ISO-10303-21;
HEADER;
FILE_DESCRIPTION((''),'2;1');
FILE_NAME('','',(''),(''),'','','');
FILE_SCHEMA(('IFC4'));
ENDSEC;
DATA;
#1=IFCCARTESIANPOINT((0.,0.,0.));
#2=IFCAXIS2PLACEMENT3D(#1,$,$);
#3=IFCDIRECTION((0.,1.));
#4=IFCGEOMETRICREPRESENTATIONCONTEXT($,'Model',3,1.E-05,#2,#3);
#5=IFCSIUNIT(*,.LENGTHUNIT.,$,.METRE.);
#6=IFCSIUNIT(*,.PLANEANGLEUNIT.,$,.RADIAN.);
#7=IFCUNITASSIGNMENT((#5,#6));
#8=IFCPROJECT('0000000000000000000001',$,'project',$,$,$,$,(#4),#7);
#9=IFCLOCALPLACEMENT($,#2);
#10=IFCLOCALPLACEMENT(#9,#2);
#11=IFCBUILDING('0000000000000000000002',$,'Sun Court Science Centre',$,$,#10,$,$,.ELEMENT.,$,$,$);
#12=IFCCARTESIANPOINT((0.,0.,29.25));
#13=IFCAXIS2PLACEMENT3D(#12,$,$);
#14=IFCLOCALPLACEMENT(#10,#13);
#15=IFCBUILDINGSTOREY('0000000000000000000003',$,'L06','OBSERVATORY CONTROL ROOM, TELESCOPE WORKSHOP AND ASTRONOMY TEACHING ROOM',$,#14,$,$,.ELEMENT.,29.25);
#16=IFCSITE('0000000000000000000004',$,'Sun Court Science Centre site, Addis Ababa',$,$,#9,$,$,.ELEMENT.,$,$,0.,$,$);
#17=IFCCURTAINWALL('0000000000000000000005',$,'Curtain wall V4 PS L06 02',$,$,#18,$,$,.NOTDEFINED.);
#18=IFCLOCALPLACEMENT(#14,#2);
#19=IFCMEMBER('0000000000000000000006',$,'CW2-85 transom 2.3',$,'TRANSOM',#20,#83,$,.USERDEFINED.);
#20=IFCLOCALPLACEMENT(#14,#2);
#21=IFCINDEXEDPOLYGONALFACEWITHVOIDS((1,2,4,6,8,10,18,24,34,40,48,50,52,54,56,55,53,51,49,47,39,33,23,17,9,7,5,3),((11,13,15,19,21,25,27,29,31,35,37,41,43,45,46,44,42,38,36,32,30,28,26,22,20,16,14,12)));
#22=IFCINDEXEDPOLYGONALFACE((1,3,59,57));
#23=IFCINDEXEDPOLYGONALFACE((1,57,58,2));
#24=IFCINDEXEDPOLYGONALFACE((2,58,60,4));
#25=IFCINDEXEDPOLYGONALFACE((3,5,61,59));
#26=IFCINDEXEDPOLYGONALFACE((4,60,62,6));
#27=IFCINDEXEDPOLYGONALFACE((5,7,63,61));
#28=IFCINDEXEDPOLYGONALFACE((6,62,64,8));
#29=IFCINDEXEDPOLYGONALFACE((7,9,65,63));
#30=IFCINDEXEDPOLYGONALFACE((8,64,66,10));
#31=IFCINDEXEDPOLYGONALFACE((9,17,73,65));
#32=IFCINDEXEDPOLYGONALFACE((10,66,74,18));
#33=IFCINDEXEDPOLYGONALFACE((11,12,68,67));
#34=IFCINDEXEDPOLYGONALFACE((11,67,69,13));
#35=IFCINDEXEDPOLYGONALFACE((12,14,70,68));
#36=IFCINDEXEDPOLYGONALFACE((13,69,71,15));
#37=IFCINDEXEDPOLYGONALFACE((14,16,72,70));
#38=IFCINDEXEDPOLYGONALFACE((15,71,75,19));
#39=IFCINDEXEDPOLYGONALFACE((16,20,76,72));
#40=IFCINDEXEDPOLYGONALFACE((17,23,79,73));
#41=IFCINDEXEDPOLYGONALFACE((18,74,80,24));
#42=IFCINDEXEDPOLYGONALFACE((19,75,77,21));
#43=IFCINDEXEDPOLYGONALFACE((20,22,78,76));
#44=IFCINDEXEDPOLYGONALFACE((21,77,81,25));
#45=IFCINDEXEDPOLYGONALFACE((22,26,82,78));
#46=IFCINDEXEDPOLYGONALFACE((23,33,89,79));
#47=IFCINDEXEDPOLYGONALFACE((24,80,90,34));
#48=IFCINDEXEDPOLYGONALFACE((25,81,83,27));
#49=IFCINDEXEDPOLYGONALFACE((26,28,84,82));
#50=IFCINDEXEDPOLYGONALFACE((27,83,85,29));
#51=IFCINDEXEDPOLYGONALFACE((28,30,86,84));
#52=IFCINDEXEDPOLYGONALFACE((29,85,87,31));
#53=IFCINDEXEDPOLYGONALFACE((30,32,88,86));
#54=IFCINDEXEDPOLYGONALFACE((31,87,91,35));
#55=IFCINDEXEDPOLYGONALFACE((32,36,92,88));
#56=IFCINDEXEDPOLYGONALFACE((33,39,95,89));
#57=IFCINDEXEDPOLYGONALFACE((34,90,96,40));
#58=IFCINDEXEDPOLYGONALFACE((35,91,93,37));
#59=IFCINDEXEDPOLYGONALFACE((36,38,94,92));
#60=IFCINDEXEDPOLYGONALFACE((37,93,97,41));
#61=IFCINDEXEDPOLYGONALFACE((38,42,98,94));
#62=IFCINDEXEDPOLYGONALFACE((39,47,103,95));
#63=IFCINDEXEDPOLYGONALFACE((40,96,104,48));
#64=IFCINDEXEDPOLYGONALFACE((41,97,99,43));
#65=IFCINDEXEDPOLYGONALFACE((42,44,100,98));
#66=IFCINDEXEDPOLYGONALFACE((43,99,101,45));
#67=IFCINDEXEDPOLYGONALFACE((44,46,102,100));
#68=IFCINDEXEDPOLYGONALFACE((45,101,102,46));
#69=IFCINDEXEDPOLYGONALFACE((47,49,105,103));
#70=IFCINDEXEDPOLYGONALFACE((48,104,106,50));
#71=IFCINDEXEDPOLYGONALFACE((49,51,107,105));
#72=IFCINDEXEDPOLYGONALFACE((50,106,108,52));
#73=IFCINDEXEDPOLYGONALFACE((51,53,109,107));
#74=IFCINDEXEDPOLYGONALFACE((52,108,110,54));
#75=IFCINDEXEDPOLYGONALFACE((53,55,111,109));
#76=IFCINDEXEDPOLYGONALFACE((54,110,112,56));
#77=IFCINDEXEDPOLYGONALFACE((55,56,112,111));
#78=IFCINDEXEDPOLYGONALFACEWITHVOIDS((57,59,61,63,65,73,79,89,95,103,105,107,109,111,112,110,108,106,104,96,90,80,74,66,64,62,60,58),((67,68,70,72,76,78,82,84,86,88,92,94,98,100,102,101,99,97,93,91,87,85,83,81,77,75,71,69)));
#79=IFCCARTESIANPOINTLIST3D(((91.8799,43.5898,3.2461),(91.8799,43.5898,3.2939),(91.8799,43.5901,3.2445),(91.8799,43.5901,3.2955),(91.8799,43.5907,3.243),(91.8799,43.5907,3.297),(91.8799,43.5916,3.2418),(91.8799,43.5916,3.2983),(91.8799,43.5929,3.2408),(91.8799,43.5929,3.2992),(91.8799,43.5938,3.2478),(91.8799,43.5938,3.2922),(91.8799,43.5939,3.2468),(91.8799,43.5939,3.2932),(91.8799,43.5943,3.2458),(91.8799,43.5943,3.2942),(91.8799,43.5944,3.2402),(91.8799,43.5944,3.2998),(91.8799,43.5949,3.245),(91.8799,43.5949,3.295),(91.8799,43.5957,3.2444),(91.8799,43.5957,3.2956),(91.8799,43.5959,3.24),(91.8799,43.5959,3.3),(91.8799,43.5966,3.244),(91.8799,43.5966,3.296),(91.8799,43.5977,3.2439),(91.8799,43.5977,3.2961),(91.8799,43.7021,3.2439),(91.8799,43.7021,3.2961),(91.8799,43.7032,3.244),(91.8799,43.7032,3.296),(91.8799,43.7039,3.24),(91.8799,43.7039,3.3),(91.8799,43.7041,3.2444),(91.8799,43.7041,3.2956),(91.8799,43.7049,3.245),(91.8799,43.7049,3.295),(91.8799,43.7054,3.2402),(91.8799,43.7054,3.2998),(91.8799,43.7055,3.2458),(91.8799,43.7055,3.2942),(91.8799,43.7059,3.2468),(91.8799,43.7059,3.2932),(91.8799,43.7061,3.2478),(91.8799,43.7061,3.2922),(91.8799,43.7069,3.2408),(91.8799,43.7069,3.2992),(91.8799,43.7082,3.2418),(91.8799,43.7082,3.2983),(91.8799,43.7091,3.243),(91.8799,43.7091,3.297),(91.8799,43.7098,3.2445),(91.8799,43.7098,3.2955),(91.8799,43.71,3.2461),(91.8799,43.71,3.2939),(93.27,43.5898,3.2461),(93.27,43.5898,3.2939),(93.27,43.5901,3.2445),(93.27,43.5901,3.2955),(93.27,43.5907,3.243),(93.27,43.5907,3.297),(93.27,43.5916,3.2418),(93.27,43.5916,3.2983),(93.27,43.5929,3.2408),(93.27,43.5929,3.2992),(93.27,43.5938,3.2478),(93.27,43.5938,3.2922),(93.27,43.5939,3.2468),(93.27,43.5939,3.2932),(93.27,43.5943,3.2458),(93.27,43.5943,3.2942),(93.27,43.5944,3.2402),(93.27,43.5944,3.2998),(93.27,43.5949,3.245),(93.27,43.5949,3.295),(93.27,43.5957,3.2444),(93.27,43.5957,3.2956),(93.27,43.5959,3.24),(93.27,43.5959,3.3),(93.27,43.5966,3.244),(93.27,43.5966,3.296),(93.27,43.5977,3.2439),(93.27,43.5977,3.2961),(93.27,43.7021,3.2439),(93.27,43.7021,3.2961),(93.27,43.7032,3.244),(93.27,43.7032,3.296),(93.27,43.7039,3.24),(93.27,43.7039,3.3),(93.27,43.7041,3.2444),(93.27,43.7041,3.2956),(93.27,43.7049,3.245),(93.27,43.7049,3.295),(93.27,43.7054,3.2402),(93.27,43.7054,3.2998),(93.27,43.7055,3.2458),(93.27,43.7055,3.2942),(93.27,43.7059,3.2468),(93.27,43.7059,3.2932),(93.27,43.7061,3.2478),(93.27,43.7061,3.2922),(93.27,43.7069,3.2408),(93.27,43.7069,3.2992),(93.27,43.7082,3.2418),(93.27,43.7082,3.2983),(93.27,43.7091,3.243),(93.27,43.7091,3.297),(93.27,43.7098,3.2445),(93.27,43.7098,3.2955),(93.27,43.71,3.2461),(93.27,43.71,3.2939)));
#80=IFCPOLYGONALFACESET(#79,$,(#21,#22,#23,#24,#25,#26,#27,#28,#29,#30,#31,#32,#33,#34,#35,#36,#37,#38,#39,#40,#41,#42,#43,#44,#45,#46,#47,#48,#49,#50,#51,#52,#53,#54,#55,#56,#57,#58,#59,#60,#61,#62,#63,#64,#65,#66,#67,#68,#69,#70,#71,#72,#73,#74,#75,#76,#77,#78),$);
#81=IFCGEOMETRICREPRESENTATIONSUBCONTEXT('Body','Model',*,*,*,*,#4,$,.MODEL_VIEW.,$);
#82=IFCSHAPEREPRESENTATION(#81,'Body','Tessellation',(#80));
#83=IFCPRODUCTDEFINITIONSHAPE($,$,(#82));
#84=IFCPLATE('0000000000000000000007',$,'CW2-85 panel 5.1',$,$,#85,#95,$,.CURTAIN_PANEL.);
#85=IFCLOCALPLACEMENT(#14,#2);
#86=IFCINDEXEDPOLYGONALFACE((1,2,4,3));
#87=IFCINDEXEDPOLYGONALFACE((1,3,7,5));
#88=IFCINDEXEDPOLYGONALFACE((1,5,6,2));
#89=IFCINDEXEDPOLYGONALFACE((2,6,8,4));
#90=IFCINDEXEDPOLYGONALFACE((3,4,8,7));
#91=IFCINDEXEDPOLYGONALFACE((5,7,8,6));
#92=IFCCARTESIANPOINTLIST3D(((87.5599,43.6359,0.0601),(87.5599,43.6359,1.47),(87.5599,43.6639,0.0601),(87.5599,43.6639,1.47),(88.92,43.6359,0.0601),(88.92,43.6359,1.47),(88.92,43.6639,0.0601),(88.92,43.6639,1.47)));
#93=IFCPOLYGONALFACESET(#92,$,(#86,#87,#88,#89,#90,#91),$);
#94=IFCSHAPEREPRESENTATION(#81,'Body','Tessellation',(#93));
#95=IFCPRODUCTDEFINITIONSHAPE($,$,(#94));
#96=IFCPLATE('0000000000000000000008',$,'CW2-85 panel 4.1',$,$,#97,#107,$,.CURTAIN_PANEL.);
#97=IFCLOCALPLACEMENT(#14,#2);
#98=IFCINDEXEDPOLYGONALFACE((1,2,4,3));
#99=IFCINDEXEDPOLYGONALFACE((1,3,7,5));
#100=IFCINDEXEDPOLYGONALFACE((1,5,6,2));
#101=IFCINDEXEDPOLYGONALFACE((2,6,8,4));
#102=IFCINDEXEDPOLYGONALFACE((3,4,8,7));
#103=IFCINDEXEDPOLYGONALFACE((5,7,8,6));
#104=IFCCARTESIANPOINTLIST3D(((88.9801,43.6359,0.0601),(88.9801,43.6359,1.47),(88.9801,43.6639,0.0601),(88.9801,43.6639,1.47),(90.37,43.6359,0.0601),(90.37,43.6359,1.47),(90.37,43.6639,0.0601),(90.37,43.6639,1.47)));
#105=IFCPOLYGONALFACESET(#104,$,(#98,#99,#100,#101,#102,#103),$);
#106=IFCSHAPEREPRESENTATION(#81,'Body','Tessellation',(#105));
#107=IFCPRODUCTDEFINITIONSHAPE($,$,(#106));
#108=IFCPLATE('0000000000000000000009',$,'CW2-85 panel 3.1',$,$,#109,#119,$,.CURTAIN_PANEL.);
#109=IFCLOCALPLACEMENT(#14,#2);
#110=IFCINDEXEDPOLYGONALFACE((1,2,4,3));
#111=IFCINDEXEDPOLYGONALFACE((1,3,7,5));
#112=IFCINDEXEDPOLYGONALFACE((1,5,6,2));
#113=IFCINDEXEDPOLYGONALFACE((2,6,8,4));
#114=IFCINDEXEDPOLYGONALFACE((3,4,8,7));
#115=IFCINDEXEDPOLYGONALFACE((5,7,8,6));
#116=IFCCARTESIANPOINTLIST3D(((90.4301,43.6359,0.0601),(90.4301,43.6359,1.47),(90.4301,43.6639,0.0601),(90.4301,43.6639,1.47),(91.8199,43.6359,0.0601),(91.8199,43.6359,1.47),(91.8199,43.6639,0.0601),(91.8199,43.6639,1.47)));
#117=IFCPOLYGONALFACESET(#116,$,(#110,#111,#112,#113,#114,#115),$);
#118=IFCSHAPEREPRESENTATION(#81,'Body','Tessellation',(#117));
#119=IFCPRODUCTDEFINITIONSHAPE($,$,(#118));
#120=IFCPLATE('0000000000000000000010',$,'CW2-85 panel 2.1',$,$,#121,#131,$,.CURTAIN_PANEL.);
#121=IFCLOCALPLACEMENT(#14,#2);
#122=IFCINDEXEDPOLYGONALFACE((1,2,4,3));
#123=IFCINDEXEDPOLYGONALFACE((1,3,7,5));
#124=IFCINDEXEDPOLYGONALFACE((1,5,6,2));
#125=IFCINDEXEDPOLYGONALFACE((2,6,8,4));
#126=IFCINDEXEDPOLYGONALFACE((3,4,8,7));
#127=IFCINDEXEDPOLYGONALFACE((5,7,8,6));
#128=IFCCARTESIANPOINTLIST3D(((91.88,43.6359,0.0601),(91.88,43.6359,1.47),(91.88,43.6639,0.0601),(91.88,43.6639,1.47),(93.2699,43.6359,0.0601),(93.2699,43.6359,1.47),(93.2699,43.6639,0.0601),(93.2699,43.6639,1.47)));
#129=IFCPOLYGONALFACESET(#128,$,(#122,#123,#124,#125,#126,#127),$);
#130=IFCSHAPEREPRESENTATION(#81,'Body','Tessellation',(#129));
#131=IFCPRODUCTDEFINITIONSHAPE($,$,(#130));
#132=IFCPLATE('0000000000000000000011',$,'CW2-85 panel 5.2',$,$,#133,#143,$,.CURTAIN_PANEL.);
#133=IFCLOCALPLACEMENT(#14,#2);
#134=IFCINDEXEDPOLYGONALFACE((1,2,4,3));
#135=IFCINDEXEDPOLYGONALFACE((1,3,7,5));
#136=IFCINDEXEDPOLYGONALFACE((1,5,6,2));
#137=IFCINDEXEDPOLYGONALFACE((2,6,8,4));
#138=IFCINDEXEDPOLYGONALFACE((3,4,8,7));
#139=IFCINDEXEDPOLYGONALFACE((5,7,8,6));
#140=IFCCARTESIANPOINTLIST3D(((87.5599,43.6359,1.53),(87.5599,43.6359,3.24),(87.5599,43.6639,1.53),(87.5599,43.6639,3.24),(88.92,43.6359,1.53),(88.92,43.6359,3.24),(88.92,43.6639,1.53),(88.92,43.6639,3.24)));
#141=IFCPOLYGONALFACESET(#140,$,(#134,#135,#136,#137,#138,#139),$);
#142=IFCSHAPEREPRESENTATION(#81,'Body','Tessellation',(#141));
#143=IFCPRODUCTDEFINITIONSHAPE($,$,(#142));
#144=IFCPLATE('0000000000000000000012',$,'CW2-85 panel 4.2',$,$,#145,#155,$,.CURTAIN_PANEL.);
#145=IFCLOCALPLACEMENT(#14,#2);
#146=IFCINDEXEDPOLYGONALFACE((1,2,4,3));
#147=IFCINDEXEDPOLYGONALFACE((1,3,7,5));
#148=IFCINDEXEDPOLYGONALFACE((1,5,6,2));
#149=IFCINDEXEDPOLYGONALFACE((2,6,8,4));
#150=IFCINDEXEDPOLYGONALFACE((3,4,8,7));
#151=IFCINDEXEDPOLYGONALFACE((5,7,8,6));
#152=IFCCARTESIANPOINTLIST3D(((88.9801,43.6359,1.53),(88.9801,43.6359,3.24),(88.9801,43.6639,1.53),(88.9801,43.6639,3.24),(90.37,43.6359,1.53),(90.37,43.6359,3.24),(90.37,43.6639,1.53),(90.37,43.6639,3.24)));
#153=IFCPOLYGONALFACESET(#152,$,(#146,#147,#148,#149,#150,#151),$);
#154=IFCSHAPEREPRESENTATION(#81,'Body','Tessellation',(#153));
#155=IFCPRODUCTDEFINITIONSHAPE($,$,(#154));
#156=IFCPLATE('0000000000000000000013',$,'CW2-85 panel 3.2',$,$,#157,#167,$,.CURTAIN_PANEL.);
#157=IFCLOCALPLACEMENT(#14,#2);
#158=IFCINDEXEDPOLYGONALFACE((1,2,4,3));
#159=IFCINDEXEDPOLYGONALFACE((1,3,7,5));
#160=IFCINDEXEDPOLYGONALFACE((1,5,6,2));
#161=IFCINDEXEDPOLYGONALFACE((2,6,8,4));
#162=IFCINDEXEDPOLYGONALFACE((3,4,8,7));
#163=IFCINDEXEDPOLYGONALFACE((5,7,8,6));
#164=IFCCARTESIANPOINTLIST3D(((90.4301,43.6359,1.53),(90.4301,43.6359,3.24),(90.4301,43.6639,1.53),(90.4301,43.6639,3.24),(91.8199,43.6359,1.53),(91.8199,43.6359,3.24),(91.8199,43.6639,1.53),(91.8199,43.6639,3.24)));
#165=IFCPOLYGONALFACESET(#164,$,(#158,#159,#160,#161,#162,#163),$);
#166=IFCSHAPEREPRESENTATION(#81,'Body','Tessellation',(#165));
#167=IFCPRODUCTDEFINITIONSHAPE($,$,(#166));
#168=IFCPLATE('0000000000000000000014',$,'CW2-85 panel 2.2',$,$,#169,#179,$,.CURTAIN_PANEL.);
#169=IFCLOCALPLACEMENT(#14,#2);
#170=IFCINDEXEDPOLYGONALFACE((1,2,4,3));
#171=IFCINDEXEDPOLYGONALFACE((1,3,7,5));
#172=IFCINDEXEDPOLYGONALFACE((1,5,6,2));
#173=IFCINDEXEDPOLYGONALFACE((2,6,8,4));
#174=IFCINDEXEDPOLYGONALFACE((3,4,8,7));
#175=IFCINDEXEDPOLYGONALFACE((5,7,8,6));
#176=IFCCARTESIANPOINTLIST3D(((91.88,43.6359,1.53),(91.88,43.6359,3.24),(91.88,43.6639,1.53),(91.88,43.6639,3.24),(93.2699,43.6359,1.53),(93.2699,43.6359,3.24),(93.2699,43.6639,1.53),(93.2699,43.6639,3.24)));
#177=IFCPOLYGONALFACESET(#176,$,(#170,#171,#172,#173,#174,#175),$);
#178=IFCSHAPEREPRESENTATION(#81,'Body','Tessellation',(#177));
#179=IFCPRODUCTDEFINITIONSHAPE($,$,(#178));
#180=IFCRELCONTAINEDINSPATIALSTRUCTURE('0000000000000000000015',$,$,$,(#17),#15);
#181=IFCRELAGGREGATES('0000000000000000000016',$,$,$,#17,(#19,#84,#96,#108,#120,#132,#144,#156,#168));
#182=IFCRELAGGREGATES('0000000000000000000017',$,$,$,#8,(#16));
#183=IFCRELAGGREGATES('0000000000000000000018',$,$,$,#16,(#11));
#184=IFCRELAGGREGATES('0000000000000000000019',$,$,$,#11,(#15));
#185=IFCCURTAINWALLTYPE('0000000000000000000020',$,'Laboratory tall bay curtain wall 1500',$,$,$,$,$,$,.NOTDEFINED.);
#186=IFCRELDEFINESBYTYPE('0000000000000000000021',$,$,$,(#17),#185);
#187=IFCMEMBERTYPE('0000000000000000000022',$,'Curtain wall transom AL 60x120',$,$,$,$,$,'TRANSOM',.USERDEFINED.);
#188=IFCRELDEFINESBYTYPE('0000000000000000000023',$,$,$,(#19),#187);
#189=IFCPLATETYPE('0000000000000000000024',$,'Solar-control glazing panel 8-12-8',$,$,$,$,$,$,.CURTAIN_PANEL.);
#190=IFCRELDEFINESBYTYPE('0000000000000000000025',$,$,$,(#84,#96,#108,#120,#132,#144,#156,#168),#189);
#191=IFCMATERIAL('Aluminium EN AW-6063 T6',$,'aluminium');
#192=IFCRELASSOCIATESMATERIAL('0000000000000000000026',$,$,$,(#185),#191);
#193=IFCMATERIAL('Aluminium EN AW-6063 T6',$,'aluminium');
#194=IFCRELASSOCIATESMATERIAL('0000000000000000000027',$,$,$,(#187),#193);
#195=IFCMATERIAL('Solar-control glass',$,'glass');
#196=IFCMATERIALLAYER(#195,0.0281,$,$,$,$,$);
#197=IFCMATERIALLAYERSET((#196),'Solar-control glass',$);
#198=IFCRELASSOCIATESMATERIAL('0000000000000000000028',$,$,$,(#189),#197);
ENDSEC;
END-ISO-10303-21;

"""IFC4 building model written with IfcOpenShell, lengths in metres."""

from ifc_helpers import new_model, si_unit, direction, frame, origin, origin_2d, place, context, subcontext, project, spatial, rectangle, hollow_rectangle, extrude, material, layer, layer_set, material_profile, profile_set, type_object, element, aggregate, save


model = new_model("IFC4")

# Units and contexts
model_context = context("Model", 3, precision=1e-05, world=origin(), true_north=direction((0.0, 1.0)))
body_context = subcontext(model_context, "Body", "Model", "MODEL_VIEW")
ifc_project = project(units=[si_unit("LENGTHUNIT", "METRE"), si_unit("PLANEANGLEUNIT", "RADIAN")], contexts=[model_context])

# Site, building, storey
site_placement = place(None, origin())
site = spatial("IfcSite", under=ifc_project, at=site_placement, Name="Sun Court Science Centre site, Addis Ababa", CompositionType="ELEMENT", RefElevation=0.0)
building_placement = place(site_placement, origin())
building = spatial("IfcBuilding", under=site, at=building_placement, Name="Sun Court Science Centre", CompositionType="ELEMENT")
storey_placement = place(building_placement, frame((0.0, 0.0, 29.25)))
storey = spatial("IfcBuildingStorey", under=building, at=storey_placement, Name="L06", Description="OBSERVATORY CONTROL ROOM, TELESCOPE WORKSHOP AND ASTRONOMY TEACHING ROOM", CompositionType="ELEMENT", Elevation=29.25)

# Curtain wall, member, plates
ifc_material_1 = material(Name="Aluminium EN AW-6063 T6", Category="aluminium")
curtain_wall_type = type_object("IfcCurtainWallType", Name="Laboratory tall bay curtain wall 1500", PredefinedType="NOTDEFINED", material=ifc_material_1)
curtain_wall_placement = place(storey_placement, origin())
curtain_wall = element("IfcCurtainWall", 1, at=curtain_wall_placement, inside=storey, type_object=curtain_wall_type, Name="Curtain wall V4 PS L06 02", PredefinedType="NOTDEFINED")
ifc_material_2 = material(Name="Aluminium EN AW-6063 T6", Category="aluminium")
ifc_material_profile_1 = material_profile(ifc_material_2, hollow_rectangle(XDim=0.0601, YDim=0.1201, WallThickness=0.0039, InnerFilletRadius=0.0039, OuterFilletRadius=0.0061, at=origin_2d()), Name="AL 60x120x4")
ifc_profile_set_1 = profile_set([ifc_material_profile_1], Name="Aluminium EN AW-6063 T6")
member_type_1 = type_object("IfcMemberType", Name="Curtain wall transom AL 60x120", ElementType="TRANSOM", PredefinedType="USERDEFINED", material=ifc_profile_set_1)
member_1_placement = place(storey_placement, frame((93.27, 43.6499, 3.27), z_axis=(-1.0, 0.0, 0.0), x_axis=(0.0, 0.0, 1.0)))
member_1 = element("IfcMember", 2, at=member_1_placement, type_object=member_type_1, Name="CW2-85 transom 2.3", ObjectType="TRANSOM", PredefinedType="USERDEFINED", context=body_context, shape_type="SweptSolid", body=[
    extrude(hollow_rectangle(XDim=0.0601, YDim=0.1201, WallThickness=0.0039, InnerFilletRadius=0.0039, OuterFilletRadius=0.0061, at=origin_2d()), origin(), (0.0, 0.0, 1.0), 1.3901),
])
ifc_material_3 = material(Name="Solar-control glass", Category="glass")
ifc_layer = layer(ifc_material_3, 0.0281)
ifc_layer_set = layer_set([ifc_layer], Name="Solar-control glass")
plate_type = type_object("IfcPlateType", Name="Solar-control glazing panel 8-12-8", PredefinedType="CURTAIN_PANEL", material=ifc_layer_set)
plate_1_placement = place(storey_placement, frame((88.24, 43.6499, 0.0601), z_axis=(0.0, 0.0, 1.0), x_axis=(-1.0, 0.0, 0.0)))
plate_1 = element("IfcPlate", 3, at=plate_1_placement, type_object=plate_type, Name="CW2-85 panel 5.1", PredefinedType="CURTAIN_PANEL", context=body_context, shape_type="SweptSolid", body=[
    extrude(rectangle(XDim=1.3601, YDim=0.0281, at=origin_2d()), origin(), (0.0, 0.0, 1.0), 1.4099),
])
plate_2_placement = place(storey_placement, frame((89.675, 43.6499, 0.0601), z_axis=(0.0, 0.0, 1.0), x_axis=(-1.0, 0.0, 0.0)))
plate_2 = element("IfcPlate", 4, at=plate_2_placement, type_object=plate_type, Name="CW2-85 panel 4.1", PredefinedType="CURTAIN_PANEL", context=body_context, shape_type="SweptSolid", body=[
    extrude(rectangle(XDim=1.3899, YDim=0.0281, at=origin_2d()), origin(), (0.0, 0.0, 1.0), 1.4099),
])
plate_3_placement = place(storey_placement, frame((91.125, 43.6499, 0.0601), z_axis=(0.0, 0.0, 1.0), x_axis=(-1.0, 0.0, 0.0)))
plate_3 = element("IfcPlate", 5, at=plate_3_placement, type_object=plate_type, Name="CW2-85 panel 3.1", PredefinedType="CURTAIN_PANEL", context=body_context, shape_type="SweptSolid", body=[
    extrude(rectangle(XDim=1.3899, YDim=0.0281, at=origin_2d()), origin(), (0.0, 0.0, 1.0), 1.4099),
])
plate_4_placement = place(storey_placement, frame((92.575, 43.6499, 0.0601), z_axis=(0.0, 0.0, 1.0), x_axis=(-1.0, 0.0, 0.0)))
plate_4 = element("IfcPlate", 6, at=plate_4_placement, type_object=plate_type, Name="CW2-85 panel 2.1", PredefinedType="CURTAIN_PANEL", context=body_context, shape_type="SweptSolid", body=[
    extrude(rectangle(XDim=1.3899, YDim=0.0281, at=origin_2d()), origin(), (0.0, 0.0, 1.0), 1.4099),
])
plate_5_placement = place(storey_placement, frame((88.24, 43.6499, 1.53), z_axis=(0.0, 0.0, 1.0), x_axis=(-1.0, 0.0, 0.0)))
plate_5 = element("IfcPlate", 7, at=plate_5_placement, type_object=plate_type, Name="CW2-85 panel 5.2", PredefinedType="CURTAIN_PANEL", context=body_context, shape_type="SweptSolid", body=[
    extrude(rectangle(XDim=1.3601, YDim=0.0281, at=origin_2d()), origin(), (0.0, 0.0, 1.0), 1.71),
])
plate_6_placement = place(storey_placement, frame((89.675, 43.6499, 1.53), z_axis=(0.0, 0.0, 1.0), x_axis=(-1.0, 0.0, 0.0)))
plate_6 = element("IfcPlate", 8, at=plate_6_placement, type_object=plate_type, Name="CW2-85 panel 4.2", PredefinedType="CURTAIN_PANEL", context=body_context, shape_type="SweptSolid", body=[
    extrude(rectangle(XDim=1.3899, YDim=0.0281, at=origin_2d()), origin(), (0.0, 0.0, 1.0), 1.71),
])
plate_7_placement = place(storey_placement, frame((91.125, 43.6499, 1.53), z_axis=(0.0, 0.0, 1.0), x_axis=(-1.0, 0.0, 0.0)))
plate_7 = element("IfcPlate", 9, at=plate_7_placement, type_object=plate_type, Name="CW2-85 panel 3.2", PredefinedType="CURTAIN_PANEL", context=body_context, shape_type="SweptSolid", body=[
    extrude(rectangle(XDim=1.3899, YDim=0.0281, at=origin_2d()), origin(), (0.0, 0.0, 1.0), 1.71),
])
plate_8_placement = place(storey_placement, frame((92.575, 43.6499, 1.53), z_axis=(0.0, 0.0, 1.0), x_axis=(-1.0, 0.0, 0.0)))
plate_8 = element("IfcPlate", 10, at=plate_8_placement, type_object=plate_type, Name="CW2-85 panel 2.2", PredefinedType="CURTAIN_PANEL", context=body_context, shape_type="SweptSolid", body=[
    extrude(rectangle(XDim=1.3899, YDim=0.0281, at=origin_2d()), origin(), (0.0, 0.0, 1.0), 1.71),
])
aggregate(curtain_wall, [member_1, plate_1, plate_2, plate_3, plate_4, plate_5, plate_6, plate_7, plate_8])

save(model, "model.ifc")
